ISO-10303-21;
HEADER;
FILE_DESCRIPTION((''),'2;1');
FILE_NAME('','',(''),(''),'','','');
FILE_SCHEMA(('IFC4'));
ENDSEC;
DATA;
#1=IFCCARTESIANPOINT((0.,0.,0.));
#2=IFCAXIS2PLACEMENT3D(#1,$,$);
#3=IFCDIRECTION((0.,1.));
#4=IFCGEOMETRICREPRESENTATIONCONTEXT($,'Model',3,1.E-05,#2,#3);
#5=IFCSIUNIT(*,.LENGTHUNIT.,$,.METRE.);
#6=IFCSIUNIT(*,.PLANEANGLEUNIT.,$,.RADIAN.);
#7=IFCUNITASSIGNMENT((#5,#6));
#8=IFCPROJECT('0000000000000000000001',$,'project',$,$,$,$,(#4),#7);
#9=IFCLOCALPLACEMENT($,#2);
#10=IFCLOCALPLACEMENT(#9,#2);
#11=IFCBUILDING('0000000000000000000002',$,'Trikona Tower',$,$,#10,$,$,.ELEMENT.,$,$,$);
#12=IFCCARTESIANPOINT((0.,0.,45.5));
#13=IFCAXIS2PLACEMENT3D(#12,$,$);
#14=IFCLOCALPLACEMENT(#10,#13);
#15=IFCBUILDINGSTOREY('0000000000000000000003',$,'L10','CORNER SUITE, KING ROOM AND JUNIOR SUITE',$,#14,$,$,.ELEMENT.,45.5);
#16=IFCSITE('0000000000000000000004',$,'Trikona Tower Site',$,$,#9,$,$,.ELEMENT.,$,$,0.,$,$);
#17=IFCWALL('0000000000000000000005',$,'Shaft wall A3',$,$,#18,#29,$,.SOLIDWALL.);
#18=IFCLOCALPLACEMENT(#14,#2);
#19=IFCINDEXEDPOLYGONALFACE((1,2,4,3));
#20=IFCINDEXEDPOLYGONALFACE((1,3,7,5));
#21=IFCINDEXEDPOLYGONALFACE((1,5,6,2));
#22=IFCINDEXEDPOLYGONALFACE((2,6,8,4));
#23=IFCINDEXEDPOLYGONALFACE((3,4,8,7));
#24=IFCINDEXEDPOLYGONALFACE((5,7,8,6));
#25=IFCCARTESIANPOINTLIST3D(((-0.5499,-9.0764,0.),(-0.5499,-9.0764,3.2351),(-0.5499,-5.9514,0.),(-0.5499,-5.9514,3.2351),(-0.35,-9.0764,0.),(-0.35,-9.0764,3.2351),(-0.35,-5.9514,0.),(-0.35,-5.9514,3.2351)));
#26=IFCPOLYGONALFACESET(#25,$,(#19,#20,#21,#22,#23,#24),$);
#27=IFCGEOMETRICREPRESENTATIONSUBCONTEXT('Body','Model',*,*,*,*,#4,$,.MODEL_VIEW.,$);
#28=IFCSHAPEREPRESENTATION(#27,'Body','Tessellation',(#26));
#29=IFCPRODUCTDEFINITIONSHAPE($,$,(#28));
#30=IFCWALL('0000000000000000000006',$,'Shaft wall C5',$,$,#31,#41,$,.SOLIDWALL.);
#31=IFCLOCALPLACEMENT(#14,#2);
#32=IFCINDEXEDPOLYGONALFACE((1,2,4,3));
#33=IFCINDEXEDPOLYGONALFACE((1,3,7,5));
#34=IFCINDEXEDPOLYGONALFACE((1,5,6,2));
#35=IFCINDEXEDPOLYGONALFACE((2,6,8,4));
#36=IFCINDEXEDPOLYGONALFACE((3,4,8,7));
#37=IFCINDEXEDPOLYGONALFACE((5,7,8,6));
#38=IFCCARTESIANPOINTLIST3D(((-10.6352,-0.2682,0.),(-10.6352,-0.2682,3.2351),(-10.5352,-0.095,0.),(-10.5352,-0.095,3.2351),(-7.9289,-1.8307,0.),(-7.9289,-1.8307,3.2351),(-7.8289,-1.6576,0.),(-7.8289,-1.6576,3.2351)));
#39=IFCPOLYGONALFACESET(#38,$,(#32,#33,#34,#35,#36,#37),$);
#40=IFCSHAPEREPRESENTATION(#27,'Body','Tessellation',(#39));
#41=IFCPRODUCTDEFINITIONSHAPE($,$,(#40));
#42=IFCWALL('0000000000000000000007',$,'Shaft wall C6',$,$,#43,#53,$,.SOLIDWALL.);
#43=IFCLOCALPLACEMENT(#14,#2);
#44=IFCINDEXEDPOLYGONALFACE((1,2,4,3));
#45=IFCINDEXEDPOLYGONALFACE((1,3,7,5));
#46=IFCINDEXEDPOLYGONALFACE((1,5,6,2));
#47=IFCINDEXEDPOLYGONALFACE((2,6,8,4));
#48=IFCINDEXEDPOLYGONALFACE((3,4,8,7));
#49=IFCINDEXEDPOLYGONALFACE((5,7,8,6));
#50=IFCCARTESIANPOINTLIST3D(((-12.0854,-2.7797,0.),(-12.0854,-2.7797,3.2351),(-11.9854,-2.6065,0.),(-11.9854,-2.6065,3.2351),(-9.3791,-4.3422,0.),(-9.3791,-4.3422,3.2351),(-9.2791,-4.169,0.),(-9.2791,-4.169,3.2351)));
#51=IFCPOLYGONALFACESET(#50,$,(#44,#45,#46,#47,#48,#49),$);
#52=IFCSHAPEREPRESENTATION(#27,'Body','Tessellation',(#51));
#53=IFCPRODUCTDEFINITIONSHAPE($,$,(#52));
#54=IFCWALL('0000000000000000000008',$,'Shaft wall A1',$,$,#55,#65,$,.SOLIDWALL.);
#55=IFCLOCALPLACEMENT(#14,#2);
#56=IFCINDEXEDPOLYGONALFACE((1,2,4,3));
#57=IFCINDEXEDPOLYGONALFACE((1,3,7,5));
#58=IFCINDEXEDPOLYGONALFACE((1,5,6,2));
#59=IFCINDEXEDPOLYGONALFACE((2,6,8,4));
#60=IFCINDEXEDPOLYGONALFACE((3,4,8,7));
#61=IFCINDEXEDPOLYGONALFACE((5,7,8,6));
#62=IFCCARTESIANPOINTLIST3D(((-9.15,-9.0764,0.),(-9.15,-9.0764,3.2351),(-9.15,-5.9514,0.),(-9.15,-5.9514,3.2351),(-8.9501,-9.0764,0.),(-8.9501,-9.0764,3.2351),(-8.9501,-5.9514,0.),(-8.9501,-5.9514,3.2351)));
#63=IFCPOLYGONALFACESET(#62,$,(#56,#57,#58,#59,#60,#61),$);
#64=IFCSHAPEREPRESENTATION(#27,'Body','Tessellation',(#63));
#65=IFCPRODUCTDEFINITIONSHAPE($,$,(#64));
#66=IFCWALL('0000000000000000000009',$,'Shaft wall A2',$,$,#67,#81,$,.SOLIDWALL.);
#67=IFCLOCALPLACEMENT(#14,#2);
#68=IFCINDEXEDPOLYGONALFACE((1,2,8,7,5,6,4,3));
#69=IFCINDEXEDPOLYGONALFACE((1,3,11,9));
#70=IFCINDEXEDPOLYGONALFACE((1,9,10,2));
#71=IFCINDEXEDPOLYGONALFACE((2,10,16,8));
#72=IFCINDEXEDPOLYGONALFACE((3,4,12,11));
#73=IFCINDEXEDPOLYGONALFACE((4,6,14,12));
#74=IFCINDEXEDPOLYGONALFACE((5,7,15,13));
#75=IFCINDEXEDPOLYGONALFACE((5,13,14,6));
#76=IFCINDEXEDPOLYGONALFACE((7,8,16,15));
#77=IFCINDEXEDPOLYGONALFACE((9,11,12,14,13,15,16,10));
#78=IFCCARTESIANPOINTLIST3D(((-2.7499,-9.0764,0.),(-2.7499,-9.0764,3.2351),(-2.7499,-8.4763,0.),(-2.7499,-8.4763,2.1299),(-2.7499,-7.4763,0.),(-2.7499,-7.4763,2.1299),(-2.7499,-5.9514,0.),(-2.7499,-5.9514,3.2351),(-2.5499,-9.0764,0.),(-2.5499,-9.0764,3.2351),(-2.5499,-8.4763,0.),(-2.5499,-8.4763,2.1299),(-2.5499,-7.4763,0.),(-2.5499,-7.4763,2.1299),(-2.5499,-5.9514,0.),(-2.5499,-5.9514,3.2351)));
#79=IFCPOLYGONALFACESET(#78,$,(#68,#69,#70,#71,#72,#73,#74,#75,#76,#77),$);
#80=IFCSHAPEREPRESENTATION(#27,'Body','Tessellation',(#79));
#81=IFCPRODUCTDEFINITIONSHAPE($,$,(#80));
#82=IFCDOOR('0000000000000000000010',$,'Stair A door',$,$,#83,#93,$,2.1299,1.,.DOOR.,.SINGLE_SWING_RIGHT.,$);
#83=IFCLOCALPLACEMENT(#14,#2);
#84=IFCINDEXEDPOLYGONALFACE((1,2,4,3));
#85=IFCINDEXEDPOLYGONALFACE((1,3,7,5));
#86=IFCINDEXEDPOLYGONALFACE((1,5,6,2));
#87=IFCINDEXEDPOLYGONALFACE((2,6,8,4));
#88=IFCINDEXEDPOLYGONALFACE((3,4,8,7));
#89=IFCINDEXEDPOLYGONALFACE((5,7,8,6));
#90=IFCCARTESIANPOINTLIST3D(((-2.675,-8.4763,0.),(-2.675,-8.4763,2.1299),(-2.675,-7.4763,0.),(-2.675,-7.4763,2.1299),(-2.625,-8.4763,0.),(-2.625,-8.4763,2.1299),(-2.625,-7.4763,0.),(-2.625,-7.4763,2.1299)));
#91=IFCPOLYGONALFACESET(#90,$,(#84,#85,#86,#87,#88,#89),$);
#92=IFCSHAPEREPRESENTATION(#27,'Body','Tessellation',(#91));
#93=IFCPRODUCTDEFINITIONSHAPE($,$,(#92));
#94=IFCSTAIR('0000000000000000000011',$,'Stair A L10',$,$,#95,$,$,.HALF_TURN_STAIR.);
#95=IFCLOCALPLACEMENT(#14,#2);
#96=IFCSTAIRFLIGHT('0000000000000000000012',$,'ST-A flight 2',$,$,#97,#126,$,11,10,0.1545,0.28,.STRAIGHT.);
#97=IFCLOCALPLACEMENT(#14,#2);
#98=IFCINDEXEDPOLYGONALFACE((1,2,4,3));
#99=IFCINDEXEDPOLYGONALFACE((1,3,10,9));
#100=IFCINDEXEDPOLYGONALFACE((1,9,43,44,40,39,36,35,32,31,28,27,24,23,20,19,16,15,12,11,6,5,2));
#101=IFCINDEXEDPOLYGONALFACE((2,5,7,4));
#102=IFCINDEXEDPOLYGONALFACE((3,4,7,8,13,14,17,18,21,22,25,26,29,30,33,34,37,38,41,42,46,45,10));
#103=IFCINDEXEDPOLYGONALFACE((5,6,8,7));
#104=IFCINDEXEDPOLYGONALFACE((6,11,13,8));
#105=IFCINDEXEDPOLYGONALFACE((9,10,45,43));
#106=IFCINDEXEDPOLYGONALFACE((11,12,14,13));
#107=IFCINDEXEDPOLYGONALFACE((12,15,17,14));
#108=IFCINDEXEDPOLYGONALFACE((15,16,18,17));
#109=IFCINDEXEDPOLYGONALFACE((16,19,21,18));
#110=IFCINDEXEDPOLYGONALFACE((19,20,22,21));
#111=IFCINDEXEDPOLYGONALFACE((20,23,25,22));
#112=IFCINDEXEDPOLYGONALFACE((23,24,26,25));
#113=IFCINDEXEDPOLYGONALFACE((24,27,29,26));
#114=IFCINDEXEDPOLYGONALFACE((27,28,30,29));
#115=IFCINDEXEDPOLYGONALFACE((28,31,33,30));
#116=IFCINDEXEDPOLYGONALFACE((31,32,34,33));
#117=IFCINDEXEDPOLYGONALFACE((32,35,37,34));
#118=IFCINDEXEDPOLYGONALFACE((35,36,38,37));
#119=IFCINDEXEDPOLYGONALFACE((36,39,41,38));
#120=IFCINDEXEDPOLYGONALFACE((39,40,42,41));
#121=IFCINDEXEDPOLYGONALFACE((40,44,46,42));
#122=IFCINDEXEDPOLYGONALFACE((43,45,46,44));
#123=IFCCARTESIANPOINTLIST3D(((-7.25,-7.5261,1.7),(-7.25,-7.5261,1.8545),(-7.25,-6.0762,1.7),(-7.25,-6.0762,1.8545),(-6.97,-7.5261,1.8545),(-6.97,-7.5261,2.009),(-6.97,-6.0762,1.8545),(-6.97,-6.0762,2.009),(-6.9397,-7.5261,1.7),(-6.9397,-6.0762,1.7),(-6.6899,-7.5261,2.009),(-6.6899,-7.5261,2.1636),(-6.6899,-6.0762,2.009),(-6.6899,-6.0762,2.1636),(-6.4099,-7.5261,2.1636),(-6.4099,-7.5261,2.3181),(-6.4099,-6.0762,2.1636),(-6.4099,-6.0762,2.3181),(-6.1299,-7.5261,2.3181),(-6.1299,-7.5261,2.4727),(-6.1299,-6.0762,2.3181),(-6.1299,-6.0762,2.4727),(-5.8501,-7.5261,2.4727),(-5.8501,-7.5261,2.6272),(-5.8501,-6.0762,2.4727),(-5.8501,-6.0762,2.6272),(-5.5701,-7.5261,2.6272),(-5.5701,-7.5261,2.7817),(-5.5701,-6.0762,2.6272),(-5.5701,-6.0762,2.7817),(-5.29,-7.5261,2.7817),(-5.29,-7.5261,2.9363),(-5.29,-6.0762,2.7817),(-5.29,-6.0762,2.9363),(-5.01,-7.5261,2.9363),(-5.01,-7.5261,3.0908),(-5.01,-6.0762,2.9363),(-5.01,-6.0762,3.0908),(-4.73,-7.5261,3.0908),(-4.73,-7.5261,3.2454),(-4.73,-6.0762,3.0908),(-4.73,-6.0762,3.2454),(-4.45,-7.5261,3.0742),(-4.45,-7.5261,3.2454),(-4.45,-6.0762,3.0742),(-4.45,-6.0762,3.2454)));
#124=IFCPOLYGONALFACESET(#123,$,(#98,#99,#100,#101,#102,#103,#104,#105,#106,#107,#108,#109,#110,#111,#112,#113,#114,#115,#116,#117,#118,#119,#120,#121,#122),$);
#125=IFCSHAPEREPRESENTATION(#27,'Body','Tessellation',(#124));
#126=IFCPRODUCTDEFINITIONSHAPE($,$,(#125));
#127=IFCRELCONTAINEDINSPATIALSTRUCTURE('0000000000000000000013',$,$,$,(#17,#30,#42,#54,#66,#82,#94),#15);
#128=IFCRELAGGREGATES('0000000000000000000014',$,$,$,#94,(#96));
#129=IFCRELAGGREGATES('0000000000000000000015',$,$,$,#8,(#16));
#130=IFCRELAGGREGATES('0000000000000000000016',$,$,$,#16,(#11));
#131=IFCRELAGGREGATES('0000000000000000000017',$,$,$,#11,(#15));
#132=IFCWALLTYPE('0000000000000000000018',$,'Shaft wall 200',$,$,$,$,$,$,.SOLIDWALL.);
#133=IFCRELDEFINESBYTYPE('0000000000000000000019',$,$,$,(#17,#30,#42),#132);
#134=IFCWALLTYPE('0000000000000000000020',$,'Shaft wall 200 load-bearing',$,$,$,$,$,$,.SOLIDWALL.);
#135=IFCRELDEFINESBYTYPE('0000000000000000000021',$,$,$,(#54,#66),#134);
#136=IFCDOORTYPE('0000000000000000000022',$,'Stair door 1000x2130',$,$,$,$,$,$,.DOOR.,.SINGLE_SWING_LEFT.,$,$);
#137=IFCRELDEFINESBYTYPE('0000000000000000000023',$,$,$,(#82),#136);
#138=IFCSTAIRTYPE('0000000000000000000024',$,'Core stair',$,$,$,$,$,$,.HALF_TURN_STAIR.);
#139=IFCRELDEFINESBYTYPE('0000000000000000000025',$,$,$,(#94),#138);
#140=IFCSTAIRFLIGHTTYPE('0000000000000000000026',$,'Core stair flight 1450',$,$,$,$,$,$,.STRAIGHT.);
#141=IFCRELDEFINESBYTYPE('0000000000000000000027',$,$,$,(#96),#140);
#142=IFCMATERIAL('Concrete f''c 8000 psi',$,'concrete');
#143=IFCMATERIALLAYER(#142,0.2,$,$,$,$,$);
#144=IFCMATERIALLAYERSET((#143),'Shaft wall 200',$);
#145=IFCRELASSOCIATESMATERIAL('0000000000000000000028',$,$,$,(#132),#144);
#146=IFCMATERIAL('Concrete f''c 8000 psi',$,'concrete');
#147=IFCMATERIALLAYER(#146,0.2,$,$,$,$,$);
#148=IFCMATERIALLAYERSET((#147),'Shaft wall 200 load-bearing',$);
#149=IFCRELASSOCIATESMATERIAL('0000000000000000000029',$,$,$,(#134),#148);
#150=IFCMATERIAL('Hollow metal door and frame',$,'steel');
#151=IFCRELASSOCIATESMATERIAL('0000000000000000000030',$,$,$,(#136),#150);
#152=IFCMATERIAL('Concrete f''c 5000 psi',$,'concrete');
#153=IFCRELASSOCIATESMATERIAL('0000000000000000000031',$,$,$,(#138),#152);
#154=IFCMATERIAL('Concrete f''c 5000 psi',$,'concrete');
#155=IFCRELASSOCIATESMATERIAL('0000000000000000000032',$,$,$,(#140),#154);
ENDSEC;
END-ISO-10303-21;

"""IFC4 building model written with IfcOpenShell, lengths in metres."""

from ifc_helpers import new_model, si_unit, direction, frame, frame_2d, origin, place, context, subcontext, project, spatial, polyline, rectangle, outline, extrude, material, layer, layer_set, type_object, element, fill, aggregate, save


model = new_model("IFC4")

# Units and contexts
model_context = context("Model", 3, precision=1e-05, world=origin(), true_north=direction((0.0, 1.0)))
body_context = subcontext(model_context, "Body", "Model", "MODEL_VIEW")
ifc_project = project(units=[si_unit("LENGTHUNIT", "METRE"), si_unit("PLANEANGLEUNIT", "RADIAN")], contexts=[model_context])

# Site, building, storey
site_placement = place(None, origin())
site = spatial("IfcSite", under=ifc_project, at=site_placement, Name="Trikona Tower Site", CompositionType="ELEMENT", RefElevation=0.0)
building_placement = place(site_placement, origin())
building = spatial("IfcBuilding", under=site, at=building_placement, Name="Trikona Tower", CompositionType="ELEMENT")
storey_placement = place(building_placement, frame((0.0, 0.0, 45.5)))
storey = spatial("IfcBuildingStorey", under=building, at=storey_placement, Name="L10", Description="CORNER SUITE, KING ROOM AND JUNIOR SUITE", CompositionType="ELEMENT", Elevation=45.5)

# Walls
ifc_material_1 = material(Name="Concrete f'c 8000 psi", Category="concrete")
ifc_layer_1 = layer(ifc_material_1, 0.2)
ifc_layer_set_1 = layer_set([ifc_layer_1], Name="Shaft wall 200")
wall_type_1 = type_object("IfcWallType", Name="Shaft wall 200", PredefinedType="SOLIDWALL", material=ifc_layer_set_1)
for number, where, z_axis, x_axis, name in (
    (1, (-0.45, -5.9514, 0.0), (0.0, 0.0, 1.0), (0.0, -1.0, 0.0), "Shaft wall A3"),
    (2, (-7.8789, -1.7441, 0.0), (0.0, 0.0, 1.0), (-0.866023, 0.500004, 0.0), "Shaft wall C5"),
    (3, (-9.3291, -4.2556, 0.0), (0.0, 0.0, 1.0), (-0.866023, 0.500004, 0.0), "Shaft wall C6"),
):
    element("IfcWall", number, at=place(storey_placement, frame(where, z_axis=z_axis, x_axis=x_axis)), inside=storey, type_object=wall_type_1, Name=name, PredefinedType="SOLIDWALL", context=body_context, shape_type="SweptSolid", body=[
        extrude(rectangle(XDim=3.125, YDim=0.2, at=frame_2d((1.5625, 0.0))), origin(), (0.0, 0.0, 1.0), 3.2351),
    ])
ifc_material_2 = material(Name="Concrete f'c 8000 psi", Category="concrete")
ifc_layer_2 = layer(ifc_material_2, 0.2)
ifc_layer_set_2 = layer_set([ifc_layer_2], Name="Shaft wall 200 load-bearing")
wall_type_2 = type_object("IfcWallType", Name="Shaft wall 200 load-bearing", PredefinedType="SOLIDWALL", material=ifc_layer_set_2)
wall_1_placement = place(storey_placement, frame((-9.05, -5.9514, 0.0), z_axis=(0.0, 0.0, 1.0), x_axis=(0.0, -1.0, 0.0)))
element("IfcWall", 4, at=wall_1_placement, inside=storey, type_object=wall_type_2, Name="Shaft wall A1", PredefinedType="SOLIDWALL", context=body_context, shape_type="SweptSolid", body=[
    extrude(rectangle(XDim=3.125, YDim=0.2, at=frame_2d((1.5625, 0.0))), origin(), (0.0, 0.0, 1.0), 3.2351),
])

# Wall, opening, door
wall_2_placement = place(storey_placement, frame((-2.6499, -5.9514, 0.0), z_axis=(0.0, 0.0, 1.0), x_axis=(0.0, -1.0, 0.0)))
wall_2 = element("IfcWall", 5, at=wall_2_placement, inside=storey, type_object=wall_type_2, Name="Shaft wall A2", PredefinedType="SOLIDWALL", context=body_context, shape_type="SweptSolid", body=[
    extrude(rectangle(XDim=3.125, YDim=0.2, at=frame_2d((1.5625, 0.0))), origin(), (0.0, 0.0, 1.0), 3.2351),
])
opening_1_placement = place(wall_2_placement, frame((1.5249, 0.0, 0.0)))
opening_1 = element("IfcOpeningElement", 6, at=opening_1_placement, cuts=wall_2, PredefinedType="OPENING", context=body_context, shape_type="SweptSolid", body=[
    extrude(rectangle(XDim=1.0, YDim=2.1299, at=frame_2d((0.5, 1.0649))), frame((0.0, 0.1099, 0.0), z_axis=(0.0, -1.0, 0.0), x_axis=(1.0, 0.0, 0.0)), (0.0, 0.0, 1.0), 0.22),
])
ifc_material_3 = material(Name="Hollow metal door and frame", Category="steel")
door_type_1 = type_object("IfcDoorType", Name="Stair door 1000x2130", OperationType="SINGLE_SWING_LEFT", PredefinedType="DOOR", material=ifc_material_3)
door_1_placement = place(opening_1_placement, origin())
door_1 = element("IfcDoor", 7, at=door_1_placement, inside=storey, type_object=door_type_1, Name="Stair A door", OperationType="SINGLE_SWING_RIGHT", OverallHeight=2.1299, OverallWidth=1.0, PredefinedType="DOOR", context=body_context, shape_type="SweptSolid", body=[
    extrude(rectangle(XDim=1.0, YDim=2.1299, at=frame_2d((0.5, 1.0649))), frame((0.0, 0.0249, 0.0), z_axis=(0.0, -1.0, 0.0), x_axis=(1.0, 0.0, 0.0)), (0.0, 0.0, 1.0), 0.05),
])
fill(opening_1, door_1)

# Stair, stair flight
ifc_material_4 = material(Name="Concrete f'c 5000 psi", Category="concrete")
stair_type = type_object("IfcStairType", Name="Core stair", PredefinedType="HALF_TURN_STAIR", material=ifc_material_4)
stair_placement = place(storey_placement, origin())
stair = element("IfcStair", 8, at=stair_placement, inside=storey, type_object=stair_type, Name="Stair A L10", PredefinedType="HALF_TURN_STAIR")
ifc_material_5 = material(Name="Concrete f'c 5000 psi", Category="concrete")
stair_flight_type = type_object("IfcStairFlightType", Name="Core stair flight 1450", PredefinedType="STRAIGHT", material=ifc_material_5)
stair_flight_placement = place(storey_placement, frame((-7.25, -6.8013, 1.7), z_axis=(0.0, 0.0, 1.0), x_axis=(1.0, 0.0, 0.0)))
stair_flight = element("IfcStairFlight", 9, at=stair_flight_placement, type_object=stair_flight_type, Name="ST-A flight 2", NumberOfRisers=11, NumberOfTreads=10, PredefinedType="STRAIGHT", RiserHeight=0.1545, TreadLength=0.28, context=body_context, shape_type="SweptSolid", body=[
    extrude(outline(polyline([(0.0, 0.0), (0.0, 0.1545), (0.28, 0.1545), (0.28, 0.3091), (0.5601, 0.3091), (0.5601, 0.4636), (0.8401, 0.4636), (0.8401, 0.6182), (1.1201, 0.6182), (1.1201, 0.7727), (1.3999, 0.7727), (1.3999, 0.9272), (1.6799, 0.9272), (1.6799, 1.0818), (1.96, 1.0818), (1.96, 1.2363), (2.24, 1.2363), (2.24, 1.3909), (2.52, 1.3909), (2.52, 1.5454), (2.8, 1.5454), (2.8, 1.7), (2.8, 1.3743), (0.3103, 0.0), (0.0, 0.0)])), frame((0.0, 0.7251, 0.0), z_axis=(0.0, -1.0, 0.0), x_axis=(1.0, 0.0, 0.0)), (0.0, 0.0, 1.0), 1.45),
])
aggregate(stair, [stair_flight])

save(model, "model.ifc")
